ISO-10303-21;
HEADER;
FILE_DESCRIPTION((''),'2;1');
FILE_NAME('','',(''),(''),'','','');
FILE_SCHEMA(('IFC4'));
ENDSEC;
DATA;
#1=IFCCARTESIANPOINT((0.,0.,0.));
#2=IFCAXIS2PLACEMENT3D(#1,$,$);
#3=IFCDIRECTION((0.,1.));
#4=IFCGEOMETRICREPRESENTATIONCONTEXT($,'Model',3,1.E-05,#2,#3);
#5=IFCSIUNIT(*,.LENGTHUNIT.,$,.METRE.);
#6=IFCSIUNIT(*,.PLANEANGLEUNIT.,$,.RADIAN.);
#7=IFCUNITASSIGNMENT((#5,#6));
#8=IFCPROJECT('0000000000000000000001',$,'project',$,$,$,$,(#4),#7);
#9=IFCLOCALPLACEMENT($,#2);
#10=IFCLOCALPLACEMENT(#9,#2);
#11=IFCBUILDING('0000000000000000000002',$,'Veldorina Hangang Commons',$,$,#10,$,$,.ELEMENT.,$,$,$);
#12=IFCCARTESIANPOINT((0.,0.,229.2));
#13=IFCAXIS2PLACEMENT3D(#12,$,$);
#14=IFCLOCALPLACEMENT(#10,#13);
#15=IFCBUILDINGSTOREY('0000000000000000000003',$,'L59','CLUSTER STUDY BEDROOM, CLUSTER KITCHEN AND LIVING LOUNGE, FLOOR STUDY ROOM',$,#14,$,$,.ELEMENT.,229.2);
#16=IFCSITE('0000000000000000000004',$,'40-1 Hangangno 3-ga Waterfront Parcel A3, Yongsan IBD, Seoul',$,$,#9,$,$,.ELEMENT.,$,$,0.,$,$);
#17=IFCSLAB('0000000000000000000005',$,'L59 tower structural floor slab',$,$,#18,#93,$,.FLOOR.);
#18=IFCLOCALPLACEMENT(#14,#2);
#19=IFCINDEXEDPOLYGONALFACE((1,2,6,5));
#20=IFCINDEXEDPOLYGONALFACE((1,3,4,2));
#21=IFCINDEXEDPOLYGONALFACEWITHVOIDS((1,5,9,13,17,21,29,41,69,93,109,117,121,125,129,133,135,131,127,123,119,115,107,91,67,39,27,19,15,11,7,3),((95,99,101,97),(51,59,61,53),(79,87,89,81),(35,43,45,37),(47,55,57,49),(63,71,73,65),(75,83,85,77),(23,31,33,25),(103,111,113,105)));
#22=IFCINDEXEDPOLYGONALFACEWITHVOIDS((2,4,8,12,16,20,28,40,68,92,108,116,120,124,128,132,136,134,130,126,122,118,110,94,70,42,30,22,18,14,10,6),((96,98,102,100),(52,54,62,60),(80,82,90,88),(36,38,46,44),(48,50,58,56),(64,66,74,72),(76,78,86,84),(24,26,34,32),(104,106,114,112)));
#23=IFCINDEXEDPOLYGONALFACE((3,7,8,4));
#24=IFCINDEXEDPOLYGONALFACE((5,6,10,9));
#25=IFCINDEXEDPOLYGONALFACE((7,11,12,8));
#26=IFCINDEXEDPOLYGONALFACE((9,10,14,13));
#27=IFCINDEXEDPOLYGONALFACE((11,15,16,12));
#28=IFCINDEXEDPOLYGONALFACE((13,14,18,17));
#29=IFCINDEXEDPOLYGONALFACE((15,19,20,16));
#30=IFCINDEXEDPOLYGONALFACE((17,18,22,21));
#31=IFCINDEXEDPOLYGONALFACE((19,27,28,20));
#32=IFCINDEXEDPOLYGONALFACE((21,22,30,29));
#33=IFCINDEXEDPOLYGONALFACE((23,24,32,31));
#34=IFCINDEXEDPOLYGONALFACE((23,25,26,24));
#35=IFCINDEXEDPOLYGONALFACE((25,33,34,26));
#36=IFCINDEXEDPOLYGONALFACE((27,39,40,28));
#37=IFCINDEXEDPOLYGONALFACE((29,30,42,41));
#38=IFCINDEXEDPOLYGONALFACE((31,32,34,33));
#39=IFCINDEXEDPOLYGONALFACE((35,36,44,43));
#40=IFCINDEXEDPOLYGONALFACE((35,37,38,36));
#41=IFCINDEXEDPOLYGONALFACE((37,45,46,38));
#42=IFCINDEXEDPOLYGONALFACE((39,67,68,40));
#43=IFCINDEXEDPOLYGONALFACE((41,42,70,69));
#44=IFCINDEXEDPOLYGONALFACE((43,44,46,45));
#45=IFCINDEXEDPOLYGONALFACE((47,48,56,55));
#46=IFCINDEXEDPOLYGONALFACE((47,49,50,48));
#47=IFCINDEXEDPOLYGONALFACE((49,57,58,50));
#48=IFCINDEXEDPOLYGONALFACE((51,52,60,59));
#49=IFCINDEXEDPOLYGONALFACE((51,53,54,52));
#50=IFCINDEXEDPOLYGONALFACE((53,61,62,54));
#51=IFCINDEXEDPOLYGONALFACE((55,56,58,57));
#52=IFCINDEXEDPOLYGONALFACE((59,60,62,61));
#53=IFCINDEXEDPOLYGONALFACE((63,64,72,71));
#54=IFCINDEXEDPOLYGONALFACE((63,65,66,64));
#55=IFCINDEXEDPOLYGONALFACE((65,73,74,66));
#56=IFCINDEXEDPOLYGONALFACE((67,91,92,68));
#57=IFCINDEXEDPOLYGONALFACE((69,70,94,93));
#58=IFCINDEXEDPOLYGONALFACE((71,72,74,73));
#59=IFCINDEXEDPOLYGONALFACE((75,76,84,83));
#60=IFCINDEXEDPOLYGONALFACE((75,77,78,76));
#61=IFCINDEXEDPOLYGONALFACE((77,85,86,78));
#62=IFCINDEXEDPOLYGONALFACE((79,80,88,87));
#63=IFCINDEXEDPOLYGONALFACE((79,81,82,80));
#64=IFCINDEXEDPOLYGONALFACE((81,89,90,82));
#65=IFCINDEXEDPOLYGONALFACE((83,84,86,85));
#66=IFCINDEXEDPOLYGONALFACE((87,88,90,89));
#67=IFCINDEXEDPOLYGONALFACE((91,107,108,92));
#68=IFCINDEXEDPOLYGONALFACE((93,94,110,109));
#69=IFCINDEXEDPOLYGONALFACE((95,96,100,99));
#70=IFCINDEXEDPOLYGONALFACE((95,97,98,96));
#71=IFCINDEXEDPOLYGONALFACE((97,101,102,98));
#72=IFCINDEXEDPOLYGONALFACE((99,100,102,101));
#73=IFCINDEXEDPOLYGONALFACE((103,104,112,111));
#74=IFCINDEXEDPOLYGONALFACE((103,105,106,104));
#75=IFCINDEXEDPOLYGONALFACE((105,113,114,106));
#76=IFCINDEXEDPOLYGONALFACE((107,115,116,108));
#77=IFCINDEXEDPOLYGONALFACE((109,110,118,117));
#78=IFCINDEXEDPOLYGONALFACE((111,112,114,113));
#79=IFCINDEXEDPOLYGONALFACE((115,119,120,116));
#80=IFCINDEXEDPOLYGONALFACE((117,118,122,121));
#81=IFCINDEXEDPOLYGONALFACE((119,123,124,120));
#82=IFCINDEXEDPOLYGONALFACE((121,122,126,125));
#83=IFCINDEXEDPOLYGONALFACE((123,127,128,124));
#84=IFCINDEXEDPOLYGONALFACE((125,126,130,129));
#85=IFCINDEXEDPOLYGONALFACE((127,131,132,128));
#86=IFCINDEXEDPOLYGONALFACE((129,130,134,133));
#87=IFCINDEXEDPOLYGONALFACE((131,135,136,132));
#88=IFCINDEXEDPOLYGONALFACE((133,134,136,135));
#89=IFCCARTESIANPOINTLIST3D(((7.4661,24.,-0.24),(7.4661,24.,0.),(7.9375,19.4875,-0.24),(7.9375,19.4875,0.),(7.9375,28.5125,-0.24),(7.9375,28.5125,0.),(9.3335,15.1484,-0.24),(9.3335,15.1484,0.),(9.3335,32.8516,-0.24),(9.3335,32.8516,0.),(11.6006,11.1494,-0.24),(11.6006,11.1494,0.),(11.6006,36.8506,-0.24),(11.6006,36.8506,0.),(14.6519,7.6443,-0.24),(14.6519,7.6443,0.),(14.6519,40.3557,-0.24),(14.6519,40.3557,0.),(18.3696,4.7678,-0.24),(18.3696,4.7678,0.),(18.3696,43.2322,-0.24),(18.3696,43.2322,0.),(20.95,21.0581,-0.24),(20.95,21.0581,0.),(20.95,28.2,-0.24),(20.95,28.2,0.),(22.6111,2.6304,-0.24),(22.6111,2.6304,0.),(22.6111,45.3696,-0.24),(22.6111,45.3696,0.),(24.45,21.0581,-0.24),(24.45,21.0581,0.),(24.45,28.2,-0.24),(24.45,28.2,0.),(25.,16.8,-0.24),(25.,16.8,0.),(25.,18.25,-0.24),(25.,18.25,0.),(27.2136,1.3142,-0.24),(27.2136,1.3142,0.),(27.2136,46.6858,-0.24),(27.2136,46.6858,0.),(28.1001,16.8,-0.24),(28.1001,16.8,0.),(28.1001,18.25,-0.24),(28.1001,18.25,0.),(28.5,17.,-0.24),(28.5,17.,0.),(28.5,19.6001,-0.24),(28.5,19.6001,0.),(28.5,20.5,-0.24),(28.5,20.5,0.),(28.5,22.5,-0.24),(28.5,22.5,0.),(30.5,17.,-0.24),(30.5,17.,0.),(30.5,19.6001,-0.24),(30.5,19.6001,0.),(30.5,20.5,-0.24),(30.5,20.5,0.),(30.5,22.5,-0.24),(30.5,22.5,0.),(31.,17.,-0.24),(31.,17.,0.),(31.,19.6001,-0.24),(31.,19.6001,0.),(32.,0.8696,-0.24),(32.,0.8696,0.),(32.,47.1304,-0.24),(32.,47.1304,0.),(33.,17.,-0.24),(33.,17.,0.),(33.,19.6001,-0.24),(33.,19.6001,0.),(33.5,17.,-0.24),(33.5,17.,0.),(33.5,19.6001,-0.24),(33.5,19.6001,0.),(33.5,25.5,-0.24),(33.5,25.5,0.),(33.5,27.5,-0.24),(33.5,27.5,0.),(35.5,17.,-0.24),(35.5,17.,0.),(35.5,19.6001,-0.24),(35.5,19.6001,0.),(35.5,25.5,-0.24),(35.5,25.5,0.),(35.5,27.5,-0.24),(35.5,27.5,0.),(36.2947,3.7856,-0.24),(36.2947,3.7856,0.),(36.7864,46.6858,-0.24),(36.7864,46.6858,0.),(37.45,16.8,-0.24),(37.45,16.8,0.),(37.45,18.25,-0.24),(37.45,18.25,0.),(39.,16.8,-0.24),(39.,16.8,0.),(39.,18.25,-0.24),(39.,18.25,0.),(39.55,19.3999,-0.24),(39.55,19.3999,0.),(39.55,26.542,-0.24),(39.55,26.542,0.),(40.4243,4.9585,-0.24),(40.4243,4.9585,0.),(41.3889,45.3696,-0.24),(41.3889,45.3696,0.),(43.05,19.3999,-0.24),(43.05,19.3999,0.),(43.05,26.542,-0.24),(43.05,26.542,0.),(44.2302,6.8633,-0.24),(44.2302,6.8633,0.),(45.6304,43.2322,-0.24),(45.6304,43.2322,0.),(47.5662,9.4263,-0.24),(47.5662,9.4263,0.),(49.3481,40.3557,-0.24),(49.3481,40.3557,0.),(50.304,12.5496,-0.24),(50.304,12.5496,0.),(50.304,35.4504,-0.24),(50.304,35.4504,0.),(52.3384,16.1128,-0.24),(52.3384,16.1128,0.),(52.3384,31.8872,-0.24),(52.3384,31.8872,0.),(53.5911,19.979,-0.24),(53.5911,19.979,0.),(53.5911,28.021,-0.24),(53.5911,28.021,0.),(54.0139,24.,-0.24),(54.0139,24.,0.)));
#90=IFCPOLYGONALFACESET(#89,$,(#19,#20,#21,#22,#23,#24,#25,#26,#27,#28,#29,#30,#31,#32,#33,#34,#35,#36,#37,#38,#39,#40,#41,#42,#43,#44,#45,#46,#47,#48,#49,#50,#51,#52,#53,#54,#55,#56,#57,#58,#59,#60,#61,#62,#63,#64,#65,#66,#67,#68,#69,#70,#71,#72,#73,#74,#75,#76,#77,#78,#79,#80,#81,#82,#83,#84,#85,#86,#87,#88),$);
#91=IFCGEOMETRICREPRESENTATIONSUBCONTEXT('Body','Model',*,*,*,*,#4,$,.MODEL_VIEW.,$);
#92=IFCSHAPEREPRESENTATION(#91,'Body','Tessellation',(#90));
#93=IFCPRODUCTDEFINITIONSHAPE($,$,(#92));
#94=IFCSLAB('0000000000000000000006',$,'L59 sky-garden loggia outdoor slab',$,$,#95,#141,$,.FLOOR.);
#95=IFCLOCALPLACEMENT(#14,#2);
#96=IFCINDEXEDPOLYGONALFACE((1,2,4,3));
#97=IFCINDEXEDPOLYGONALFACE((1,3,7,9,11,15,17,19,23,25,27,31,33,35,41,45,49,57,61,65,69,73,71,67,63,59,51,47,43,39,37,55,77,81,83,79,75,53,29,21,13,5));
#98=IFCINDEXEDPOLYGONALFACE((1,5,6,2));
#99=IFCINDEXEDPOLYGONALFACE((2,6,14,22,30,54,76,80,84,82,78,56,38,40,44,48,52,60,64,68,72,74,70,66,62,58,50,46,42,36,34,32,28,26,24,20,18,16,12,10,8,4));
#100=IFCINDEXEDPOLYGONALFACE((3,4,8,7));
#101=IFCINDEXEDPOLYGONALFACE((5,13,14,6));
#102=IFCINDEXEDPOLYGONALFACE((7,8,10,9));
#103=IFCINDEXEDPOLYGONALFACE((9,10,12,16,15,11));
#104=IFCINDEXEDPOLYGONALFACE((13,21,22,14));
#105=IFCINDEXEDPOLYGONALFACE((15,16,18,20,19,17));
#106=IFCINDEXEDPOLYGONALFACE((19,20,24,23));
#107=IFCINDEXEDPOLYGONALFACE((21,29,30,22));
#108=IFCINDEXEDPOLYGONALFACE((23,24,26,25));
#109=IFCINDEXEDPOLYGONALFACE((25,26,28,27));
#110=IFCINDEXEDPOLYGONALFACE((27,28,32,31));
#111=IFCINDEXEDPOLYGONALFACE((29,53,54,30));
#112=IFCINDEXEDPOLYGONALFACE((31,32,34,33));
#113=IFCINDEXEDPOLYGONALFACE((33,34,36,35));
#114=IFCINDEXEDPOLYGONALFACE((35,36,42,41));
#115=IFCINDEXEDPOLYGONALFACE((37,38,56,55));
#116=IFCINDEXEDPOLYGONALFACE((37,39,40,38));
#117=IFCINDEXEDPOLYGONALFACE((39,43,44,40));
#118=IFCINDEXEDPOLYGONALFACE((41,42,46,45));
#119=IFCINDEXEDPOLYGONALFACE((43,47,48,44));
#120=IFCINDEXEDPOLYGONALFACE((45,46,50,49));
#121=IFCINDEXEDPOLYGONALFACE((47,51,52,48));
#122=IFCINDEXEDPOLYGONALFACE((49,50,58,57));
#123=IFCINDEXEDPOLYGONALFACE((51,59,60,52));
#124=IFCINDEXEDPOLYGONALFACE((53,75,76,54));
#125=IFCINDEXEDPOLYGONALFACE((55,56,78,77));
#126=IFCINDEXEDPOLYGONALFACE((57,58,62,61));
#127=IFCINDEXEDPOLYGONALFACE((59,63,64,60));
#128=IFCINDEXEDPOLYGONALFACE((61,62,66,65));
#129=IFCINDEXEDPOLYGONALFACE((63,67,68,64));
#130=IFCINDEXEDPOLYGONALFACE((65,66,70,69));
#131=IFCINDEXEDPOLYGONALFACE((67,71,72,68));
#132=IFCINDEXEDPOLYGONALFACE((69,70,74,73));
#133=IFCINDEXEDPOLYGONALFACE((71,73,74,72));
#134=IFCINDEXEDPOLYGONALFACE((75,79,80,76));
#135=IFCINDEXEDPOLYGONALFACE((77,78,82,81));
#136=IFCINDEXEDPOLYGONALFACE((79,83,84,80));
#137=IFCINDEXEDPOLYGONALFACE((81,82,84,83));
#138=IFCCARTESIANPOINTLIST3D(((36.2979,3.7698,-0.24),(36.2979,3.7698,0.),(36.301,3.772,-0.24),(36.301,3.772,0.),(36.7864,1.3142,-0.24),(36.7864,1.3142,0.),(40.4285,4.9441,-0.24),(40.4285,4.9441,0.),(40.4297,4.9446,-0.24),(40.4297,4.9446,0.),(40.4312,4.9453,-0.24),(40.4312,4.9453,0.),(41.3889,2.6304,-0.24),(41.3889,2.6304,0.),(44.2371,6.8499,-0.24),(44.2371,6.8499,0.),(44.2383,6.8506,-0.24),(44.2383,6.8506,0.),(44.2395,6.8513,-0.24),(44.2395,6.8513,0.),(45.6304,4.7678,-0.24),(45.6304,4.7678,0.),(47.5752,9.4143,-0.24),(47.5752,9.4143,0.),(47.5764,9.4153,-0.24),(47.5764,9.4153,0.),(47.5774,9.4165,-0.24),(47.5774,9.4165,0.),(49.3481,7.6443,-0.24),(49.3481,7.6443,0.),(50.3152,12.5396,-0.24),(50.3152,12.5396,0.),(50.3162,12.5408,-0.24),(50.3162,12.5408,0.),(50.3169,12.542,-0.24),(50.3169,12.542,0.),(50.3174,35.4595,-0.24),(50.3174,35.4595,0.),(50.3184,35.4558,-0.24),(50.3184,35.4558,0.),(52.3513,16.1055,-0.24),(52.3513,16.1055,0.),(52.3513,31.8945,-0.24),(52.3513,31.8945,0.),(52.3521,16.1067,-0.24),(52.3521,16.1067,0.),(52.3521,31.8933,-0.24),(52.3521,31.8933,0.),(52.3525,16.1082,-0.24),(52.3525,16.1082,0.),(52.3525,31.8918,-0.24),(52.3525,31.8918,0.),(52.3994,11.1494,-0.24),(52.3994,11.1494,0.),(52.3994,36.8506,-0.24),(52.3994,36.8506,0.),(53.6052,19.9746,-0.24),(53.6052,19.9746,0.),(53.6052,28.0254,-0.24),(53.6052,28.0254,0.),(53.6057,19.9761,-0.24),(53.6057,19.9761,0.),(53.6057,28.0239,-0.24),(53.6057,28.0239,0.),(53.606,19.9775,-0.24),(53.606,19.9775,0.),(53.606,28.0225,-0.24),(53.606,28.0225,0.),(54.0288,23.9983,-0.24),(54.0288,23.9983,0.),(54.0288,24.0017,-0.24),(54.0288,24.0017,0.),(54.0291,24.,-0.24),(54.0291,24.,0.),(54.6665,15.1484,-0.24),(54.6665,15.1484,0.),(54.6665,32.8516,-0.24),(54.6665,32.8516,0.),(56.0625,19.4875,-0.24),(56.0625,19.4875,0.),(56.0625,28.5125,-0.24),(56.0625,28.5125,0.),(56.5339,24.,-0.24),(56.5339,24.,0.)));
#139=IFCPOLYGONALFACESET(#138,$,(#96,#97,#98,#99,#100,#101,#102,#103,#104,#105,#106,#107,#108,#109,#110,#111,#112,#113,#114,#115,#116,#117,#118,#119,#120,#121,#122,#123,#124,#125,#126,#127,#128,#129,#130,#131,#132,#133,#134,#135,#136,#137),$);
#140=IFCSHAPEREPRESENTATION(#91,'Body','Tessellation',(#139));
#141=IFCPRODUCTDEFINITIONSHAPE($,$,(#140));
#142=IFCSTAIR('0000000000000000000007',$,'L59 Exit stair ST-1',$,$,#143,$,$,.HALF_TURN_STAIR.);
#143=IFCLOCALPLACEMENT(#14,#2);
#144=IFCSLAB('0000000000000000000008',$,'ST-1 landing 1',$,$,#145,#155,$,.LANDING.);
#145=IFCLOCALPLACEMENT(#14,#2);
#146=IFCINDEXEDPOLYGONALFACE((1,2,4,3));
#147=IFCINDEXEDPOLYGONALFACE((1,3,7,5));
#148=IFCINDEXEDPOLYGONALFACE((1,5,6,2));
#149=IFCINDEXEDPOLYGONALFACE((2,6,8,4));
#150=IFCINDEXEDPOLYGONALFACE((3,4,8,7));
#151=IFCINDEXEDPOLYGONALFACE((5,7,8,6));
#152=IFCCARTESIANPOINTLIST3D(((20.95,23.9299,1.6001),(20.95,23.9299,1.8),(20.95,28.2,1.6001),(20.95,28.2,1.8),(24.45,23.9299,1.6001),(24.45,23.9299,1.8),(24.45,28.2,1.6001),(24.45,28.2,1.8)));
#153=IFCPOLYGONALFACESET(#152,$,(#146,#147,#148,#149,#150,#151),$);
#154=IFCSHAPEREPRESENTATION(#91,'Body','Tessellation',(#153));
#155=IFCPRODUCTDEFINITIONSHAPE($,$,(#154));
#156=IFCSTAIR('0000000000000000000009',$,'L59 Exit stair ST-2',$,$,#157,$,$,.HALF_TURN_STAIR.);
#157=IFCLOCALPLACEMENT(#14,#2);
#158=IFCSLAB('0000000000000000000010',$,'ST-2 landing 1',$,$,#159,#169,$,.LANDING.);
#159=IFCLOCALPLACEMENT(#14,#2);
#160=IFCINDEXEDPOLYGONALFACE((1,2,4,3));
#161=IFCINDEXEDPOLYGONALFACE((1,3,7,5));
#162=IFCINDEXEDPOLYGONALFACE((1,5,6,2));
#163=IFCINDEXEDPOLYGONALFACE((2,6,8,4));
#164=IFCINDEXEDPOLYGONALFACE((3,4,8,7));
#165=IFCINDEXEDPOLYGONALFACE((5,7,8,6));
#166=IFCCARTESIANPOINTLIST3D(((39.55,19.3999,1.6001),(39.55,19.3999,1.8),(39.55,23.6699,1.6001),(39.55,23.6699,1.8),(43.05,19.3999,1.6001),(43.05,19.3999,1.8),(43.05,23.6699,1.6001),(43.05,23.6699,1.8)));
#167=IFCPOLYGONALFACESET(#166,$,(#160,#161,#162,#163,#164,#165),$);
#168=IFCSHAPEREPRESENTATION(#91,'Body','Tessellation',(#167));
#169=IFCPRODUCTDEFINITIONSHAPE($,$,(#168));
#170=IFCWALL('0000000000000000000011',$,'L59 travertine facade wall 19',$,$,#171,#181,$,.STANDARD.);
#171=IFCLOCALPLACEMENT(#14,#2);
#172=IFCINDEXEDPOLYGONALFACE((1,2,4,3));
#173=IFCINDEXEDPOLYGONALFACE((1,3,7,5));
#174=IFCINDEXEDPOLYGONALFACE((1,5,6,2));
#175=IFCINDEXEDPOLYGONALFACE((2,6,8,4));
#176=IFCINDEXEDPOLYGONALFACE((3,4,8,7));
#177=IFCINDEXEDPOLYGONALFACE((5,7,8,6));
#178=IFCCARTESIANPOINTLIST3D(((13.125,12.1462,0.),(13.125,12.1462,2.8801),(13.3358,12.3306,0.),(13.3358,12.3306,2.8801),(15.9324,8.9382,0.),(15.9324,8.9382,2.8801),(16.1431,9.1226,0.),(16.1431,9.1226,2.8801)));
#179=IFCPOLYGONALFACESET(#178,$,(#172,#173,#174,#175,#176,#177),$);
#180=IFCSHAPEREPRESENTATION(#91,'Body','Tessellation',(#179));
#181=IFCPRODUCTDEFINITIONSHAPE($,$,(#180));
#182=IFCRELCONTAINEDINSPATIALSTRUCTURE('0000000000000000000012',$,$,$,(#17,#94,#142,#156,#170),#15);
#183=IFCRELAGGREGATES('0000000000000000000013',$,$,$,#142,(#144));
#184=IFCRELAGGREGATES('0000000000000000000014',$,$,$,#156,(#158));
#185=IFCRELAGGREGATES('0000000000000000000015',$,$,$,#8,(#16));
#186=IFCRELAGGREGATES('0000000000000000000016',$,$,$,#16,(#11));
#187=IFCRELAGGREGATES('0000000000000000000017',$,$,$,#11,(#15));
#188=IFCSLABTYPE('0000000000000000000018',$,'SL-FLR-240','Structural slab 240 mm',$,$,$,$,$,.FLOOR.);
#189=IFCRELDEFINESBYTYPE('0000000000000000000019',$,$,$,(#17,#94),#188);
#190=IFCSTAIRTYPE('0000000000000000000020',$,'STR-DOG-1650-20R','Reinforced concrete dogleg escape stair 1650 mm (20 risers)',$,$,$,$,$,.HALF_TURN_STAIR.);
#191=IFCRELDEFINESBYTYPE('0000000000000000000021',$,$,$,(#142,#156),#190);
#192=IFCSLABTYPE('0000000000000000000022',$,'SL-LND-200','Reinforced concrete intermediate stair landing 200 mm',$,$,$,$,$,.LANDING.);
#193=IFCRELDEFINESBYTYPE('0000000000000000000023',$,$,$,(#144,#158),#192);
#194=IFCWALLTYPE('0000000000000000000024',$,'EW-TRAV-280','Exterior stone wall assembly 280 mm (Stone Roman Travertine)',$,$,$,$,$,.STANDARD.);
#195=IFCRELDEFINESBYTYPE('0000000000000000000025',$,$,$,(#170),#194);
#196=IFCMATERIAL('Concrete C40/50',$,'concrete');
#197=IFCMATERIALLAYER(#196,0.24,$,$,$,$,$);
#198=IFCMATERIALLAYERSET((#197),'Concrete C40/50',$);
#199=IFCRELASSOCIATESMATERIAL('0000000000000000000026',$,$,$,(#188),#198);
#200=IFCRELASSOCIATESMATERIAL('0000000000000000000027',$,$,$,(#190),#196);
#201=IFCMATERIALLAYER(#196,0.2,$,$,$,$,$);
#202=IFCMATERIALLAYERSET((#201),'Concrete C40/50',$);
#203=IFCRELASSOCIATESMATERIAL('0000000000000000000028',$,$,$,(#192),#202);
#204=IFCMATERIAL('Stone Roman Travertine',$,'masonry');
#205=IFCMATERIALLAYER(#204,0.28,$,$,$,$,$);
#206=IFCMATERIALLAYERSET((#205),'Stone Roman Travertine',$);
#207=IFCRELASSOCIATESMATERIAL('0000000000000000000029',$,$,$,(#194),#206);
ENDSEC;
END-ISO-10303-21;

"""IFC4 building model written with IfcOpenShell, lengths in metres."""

from ifc_helpers import new_model, si_unit, direction, frame, frame_2d, origin, place, context, subcontext, project, spatial, polyline, rectangle, outline, extrude, material, layer, layer_set, type_object, element, aggregate, save


model = new_model("IFC4")

# Units and contexts
model_context = context("Model", 3, precision=1e-05, world=origin(), true_north=direction((0.0, 1.0)))
body_context = subcontext(model_context, "Body", "Model", "MODEL_VIEW")
ifc_project = project(units=[si_unit("LENGTHUNIT", "METRE"), si_unit("PLANEANGLEUNIT", "RADIAN")], contexts=[model_context])

# Site, building, storey
site_placement = place(None, origin())
site = spatial("IfcSite", under=ifc_project, at=site_placement, Name="40-1 Hangangno 3-ga Waterfront Parcel A3, Yongsan IBD, Seoul", CompositionType="ELEMENT", RefElevation=0.0)
building_placement = place(site_placement, origin())
building = spatial("IfcBuilding", under=site, at=building_placement, Name="Veldorina Hangang Commons", CompositionType="ELEMENT")
storey_placement = place(building_placement, frame((0.0, 0.0, 229.2)))
storey = spatial("IfcBuildingStorey", under=building, at=storey_placement, Name="L59", Description="CLUSTER STUDY BEDROOM, CLUSTER KITCHEN AND LIVING LOUNGE, FLOOR STUDY ROOM", CompositionType="ELEMENT", Elevation=229.2)

# Slabs
ifc_material_1 = material(Name="Concrete C40/50", Category="concrete")
ifc_layer_1 = layer(ifc_material_1, 0.24)
ifc_layer_set_1 = layer_set([ifc_layer_1], Name="Concrete C40/50")
slab_type_1 = type_object("IfcSlabType", Name="SL-FLR-240", Description="Structural slab 240 mm", PredefinedType="FLOOR", material=ifc_layer_set_1)
slab_1_placement = place(storey_placement, frame((0.0, 0.0, -0.24)))
element("IfcSlab", 1, at=slab_1_placement, inside=storey, type_object=slab_type_1, Name="L59 tower structural floor slab", PredefinedType="FLOOR", context=body_context, shape_type="SweptSolid", body=[
    extrude(outline(polyline([(54.0139, 24.0), (53.5911, 28.021), (52.3384, 31.8872), (50.304, 35.4504), (49.3481, 40.3557), (45.6304, 43.2322), (41.3889, 45.3696), (36.7864, 46.6858), (32.0, 47.1304), (27.2136, 46.6858), (22.6111, 45.3696), (18.3696, 43.2322), (14.6519, 40.3557), (11.6006, 36.8506), (9.3335, 32.8516), (7.9375, 28.5125), (7.4661, 24.0), (7.9375, 19.4875), (9.3335, 15.1484), (11.6006, 11.1494), (14.6519, 7.6443), (18.3696, 4.7678), (22.6111, 2.6304), (27.2136, 1.3142), (32.0, 0.8696), (36.2947, 3.7856), (40.4243, 4.9585), (44.2302, 6.8633), (47.5662, 9.4263), (50.304, 12.5496), (52.3384, 16.1128), (53.5911, 19.979), (54.0139, 24.0)]), holes=[polyline([(20.95, 21.0581), (20.95, 28.2), (24.45, 28.2), (24.45, 21.0581), (20.95, 21.0581)]), polyline([(43.05, 26.542), (43.05, 19.3999), (39.55, 19.3999), (39.55, 26.542), (43.05, 26.542)]), polyline([(33.5, 27.5), (35.5, 27.5), (35.5, 25.5), (33.5, 25.5), (33.5, 27.5)]), polyline([(28.5, 22.5), (30.5, 22.5), (30.5, 20.5), (28.5, 20.5), (28.5, 22.5)]), polyline([(28.5, 19.6001), (30.5, 19.6001), (30.5, 17.0), (28.5, 17.0), (28.5, 19.6001)]), polyline([(31.0, 19.6001), (33.0, 19.6001), (33.0, 17.0), (31.0, 17.0), (31.0, 19.6001)]), polyline([(33.5, 19.6001), (35.5, 19.6001), (35.5, 17.0), (33.5, 17.0), (33.5, 19.6001)]), polyline([(25.0, 18.25), (28.1001, 18.25), (28.1001, 16.8), (25.0, 16.8), (25.0, 18.25)]), polyline([(37.45, 18.25), (39.0, 18.25), (39.0, 16.8), (37.45, 16.8), (37.45, 18.25)])]), origin(), (0.0, 0.0, 1.0), 0.24),
])
slab_2_placement = place(storey_placement, frame((0.0, 0.0, -0.24)))
element("IfcSlab", 2, at=slab_2_placement, inside=storey, type_object=slab_type_1, Name="L59 sky-garden loggia outdoor slab", PredefinedType="FLOOR", context=body_context, shape_type="SweptSolid", body=[
    extrude(outline(polyline([(52.3994, 36.8506), (54.6665, 32.8516), (56.0625, 28.5125), (56.5339, 24.0), (56.0625, 19.4875), (54.6665, 15.1484), (52.3994, 11.1494), (49.3481, 7.6443), (45.6304, 4.7678), (41.3889, 2.6304), (36.7864, 1.3142), (36.2979, 3.7698), (36.301, 3.772), (40.4285, 4.9441), (40.4297, 4.9446), (40.4312, 4.9453), (44.2371, 6.8499), (44.2383, 6.8506), (44.2395, 6.8513), (47.5752, 9.4143), (47.5764, 9.4153), (47.5774, 9.4165), (50.3152, 12.5396), (50.3162, 12.5408), (50.3169, 12.542), (52.3513, 16.1055), (52.3521, 16.1067), (52.3525, 16.1082), (53.6052, 19.9746), (53.6057, 19.9761), (53.606, 19.9775), (54.0288, 23.9983), (54.0291, 24.0), (54.0288, 24.0017), (53.606, 28.0225), (53.6057, 28.0239), (53.6052, 28.0254), (52.3525, 31.8918), (52.3521, 31.8933), (52.3513, 31.8945), (50.3184, 35.4558), (50.3174, 35.4595), (52.3994, 36.8506)])), origin(), (0.0, 0.0, 1.0), 0.24),
])

# Stairs, slabs
stair_type = type_object("IfcStairType", Name="STR-DOG-1650-20R", Description="Reinforced concrete dogleg escape stair 1650 mm (20 risers)", PredefinedType="HALF_TURN_STAIR", material=ifc_material_1)
stair_1_placement = place(storey_placement, origin())
stair_1 = element("IfcStair", 3, at=stair_1_placement, inside=storey, type_object=stair_type, Name="L59 Exit stair ST-1", PredefinedType="HALF_TURN_STAIR")
ifc_layer_2 = layer(ifc_material_1, 0.2)
ifc_layer_set_2 = layer_set([ifc_layer_2], Name="Concrete C40/50")
slab_type_2 = type_object("IfcSlabType", Name="SL-LND-200", Description="Reinforced concrete intermediate stair landing 200 mm", PredefinedType="LANDING", material=ifc_layer_set_2)
slab_3_placement = place(storey_placement, frame((0.0, 0.0, 1.6001)))
slab_3 = element("IfcSlab", 4, at=slab_3_placement, type_object=slab_type_2, Name="ST-1 landing 1", PredefinedType="LANDING", context=body_context, shape_type="SweptSolid", body=[
    extrude(outline(polyline([(24.45, 23.9299), (24.45, 28.2), (20.95, 28.2), (20.95, 23.9299), (24.45, 23.9299)])), origin(), (0.0, 0.0, 1.0), 0.2),
])
aggregate(stair_1, [slab_3])
stair_2_placement = place(storey_placement, origin())
stair_2 = element("IfcStair", 5, at=stair_2_placement, inside=storey, type_object=stair_type, Name="L59 Exit stair ST-2", PredefinedType="HALF_TURN_STAIR")
slab_4_placement = place(storey_placement, frame((0.0, 0.0, 1.6001)))
slab_4 = element("IfcSlab", 6, at=slab_4_placement, type_object=slab_type_2, Name="ST-2 landing 1", PredefinedType="LANDING", context=body_context, shape_type="SweptSolid", body=[
    extrude(outline(polyline([(39.55, 23.6699), (39.55, 19.3999), (43.05, 19.3999), (43.05, 23.6699), (39.55, 23.6699)])), origin(), (0.0, 0.0, 1.0), 0.2),
])
aggregate(stair_2, [slab_4])

# Wall
ifc_material_2 = material(Name="Stone Roman Travertine", Category="masonry")
ifc_layer_3 = layer(ifc_material_2, 0.28)
ifc_layer_set_3 = layer_set([ifc_layer_3], Name="Stone Roman Travertine")
wall_type_1 = type_object("IfcWallType", Name="EW-TRAV-280", Description="Exterior stone wall assembly 280 mm (Stone Roman Travertine)", PredefinedType="STANDARD", material=ifc_layer_set_3)
wall_1_placement = place(storey_placement, frame((13.2305, 12.2383, 0.0), z_axis=(0.0, 0.0, 1.0), x_axis=(0.658553, -0.752534, 0.0)))
element("IfcWall", 7, at=wall_1_placement, inside=storey, type_object=wall_type_1, Name="L59 travertine facade wall 19", PredefinedType="STANDARD", context=body_context, shape_type="SweptSolid", body=[
    extrude(rectangle(XDim=4.2629, YDim=0.28, at=frame_2d((2.1313, 0.0))), origin(), (0.0, 0.0, 1.0), 2.8801),
])

save(model, "model.ifc")
